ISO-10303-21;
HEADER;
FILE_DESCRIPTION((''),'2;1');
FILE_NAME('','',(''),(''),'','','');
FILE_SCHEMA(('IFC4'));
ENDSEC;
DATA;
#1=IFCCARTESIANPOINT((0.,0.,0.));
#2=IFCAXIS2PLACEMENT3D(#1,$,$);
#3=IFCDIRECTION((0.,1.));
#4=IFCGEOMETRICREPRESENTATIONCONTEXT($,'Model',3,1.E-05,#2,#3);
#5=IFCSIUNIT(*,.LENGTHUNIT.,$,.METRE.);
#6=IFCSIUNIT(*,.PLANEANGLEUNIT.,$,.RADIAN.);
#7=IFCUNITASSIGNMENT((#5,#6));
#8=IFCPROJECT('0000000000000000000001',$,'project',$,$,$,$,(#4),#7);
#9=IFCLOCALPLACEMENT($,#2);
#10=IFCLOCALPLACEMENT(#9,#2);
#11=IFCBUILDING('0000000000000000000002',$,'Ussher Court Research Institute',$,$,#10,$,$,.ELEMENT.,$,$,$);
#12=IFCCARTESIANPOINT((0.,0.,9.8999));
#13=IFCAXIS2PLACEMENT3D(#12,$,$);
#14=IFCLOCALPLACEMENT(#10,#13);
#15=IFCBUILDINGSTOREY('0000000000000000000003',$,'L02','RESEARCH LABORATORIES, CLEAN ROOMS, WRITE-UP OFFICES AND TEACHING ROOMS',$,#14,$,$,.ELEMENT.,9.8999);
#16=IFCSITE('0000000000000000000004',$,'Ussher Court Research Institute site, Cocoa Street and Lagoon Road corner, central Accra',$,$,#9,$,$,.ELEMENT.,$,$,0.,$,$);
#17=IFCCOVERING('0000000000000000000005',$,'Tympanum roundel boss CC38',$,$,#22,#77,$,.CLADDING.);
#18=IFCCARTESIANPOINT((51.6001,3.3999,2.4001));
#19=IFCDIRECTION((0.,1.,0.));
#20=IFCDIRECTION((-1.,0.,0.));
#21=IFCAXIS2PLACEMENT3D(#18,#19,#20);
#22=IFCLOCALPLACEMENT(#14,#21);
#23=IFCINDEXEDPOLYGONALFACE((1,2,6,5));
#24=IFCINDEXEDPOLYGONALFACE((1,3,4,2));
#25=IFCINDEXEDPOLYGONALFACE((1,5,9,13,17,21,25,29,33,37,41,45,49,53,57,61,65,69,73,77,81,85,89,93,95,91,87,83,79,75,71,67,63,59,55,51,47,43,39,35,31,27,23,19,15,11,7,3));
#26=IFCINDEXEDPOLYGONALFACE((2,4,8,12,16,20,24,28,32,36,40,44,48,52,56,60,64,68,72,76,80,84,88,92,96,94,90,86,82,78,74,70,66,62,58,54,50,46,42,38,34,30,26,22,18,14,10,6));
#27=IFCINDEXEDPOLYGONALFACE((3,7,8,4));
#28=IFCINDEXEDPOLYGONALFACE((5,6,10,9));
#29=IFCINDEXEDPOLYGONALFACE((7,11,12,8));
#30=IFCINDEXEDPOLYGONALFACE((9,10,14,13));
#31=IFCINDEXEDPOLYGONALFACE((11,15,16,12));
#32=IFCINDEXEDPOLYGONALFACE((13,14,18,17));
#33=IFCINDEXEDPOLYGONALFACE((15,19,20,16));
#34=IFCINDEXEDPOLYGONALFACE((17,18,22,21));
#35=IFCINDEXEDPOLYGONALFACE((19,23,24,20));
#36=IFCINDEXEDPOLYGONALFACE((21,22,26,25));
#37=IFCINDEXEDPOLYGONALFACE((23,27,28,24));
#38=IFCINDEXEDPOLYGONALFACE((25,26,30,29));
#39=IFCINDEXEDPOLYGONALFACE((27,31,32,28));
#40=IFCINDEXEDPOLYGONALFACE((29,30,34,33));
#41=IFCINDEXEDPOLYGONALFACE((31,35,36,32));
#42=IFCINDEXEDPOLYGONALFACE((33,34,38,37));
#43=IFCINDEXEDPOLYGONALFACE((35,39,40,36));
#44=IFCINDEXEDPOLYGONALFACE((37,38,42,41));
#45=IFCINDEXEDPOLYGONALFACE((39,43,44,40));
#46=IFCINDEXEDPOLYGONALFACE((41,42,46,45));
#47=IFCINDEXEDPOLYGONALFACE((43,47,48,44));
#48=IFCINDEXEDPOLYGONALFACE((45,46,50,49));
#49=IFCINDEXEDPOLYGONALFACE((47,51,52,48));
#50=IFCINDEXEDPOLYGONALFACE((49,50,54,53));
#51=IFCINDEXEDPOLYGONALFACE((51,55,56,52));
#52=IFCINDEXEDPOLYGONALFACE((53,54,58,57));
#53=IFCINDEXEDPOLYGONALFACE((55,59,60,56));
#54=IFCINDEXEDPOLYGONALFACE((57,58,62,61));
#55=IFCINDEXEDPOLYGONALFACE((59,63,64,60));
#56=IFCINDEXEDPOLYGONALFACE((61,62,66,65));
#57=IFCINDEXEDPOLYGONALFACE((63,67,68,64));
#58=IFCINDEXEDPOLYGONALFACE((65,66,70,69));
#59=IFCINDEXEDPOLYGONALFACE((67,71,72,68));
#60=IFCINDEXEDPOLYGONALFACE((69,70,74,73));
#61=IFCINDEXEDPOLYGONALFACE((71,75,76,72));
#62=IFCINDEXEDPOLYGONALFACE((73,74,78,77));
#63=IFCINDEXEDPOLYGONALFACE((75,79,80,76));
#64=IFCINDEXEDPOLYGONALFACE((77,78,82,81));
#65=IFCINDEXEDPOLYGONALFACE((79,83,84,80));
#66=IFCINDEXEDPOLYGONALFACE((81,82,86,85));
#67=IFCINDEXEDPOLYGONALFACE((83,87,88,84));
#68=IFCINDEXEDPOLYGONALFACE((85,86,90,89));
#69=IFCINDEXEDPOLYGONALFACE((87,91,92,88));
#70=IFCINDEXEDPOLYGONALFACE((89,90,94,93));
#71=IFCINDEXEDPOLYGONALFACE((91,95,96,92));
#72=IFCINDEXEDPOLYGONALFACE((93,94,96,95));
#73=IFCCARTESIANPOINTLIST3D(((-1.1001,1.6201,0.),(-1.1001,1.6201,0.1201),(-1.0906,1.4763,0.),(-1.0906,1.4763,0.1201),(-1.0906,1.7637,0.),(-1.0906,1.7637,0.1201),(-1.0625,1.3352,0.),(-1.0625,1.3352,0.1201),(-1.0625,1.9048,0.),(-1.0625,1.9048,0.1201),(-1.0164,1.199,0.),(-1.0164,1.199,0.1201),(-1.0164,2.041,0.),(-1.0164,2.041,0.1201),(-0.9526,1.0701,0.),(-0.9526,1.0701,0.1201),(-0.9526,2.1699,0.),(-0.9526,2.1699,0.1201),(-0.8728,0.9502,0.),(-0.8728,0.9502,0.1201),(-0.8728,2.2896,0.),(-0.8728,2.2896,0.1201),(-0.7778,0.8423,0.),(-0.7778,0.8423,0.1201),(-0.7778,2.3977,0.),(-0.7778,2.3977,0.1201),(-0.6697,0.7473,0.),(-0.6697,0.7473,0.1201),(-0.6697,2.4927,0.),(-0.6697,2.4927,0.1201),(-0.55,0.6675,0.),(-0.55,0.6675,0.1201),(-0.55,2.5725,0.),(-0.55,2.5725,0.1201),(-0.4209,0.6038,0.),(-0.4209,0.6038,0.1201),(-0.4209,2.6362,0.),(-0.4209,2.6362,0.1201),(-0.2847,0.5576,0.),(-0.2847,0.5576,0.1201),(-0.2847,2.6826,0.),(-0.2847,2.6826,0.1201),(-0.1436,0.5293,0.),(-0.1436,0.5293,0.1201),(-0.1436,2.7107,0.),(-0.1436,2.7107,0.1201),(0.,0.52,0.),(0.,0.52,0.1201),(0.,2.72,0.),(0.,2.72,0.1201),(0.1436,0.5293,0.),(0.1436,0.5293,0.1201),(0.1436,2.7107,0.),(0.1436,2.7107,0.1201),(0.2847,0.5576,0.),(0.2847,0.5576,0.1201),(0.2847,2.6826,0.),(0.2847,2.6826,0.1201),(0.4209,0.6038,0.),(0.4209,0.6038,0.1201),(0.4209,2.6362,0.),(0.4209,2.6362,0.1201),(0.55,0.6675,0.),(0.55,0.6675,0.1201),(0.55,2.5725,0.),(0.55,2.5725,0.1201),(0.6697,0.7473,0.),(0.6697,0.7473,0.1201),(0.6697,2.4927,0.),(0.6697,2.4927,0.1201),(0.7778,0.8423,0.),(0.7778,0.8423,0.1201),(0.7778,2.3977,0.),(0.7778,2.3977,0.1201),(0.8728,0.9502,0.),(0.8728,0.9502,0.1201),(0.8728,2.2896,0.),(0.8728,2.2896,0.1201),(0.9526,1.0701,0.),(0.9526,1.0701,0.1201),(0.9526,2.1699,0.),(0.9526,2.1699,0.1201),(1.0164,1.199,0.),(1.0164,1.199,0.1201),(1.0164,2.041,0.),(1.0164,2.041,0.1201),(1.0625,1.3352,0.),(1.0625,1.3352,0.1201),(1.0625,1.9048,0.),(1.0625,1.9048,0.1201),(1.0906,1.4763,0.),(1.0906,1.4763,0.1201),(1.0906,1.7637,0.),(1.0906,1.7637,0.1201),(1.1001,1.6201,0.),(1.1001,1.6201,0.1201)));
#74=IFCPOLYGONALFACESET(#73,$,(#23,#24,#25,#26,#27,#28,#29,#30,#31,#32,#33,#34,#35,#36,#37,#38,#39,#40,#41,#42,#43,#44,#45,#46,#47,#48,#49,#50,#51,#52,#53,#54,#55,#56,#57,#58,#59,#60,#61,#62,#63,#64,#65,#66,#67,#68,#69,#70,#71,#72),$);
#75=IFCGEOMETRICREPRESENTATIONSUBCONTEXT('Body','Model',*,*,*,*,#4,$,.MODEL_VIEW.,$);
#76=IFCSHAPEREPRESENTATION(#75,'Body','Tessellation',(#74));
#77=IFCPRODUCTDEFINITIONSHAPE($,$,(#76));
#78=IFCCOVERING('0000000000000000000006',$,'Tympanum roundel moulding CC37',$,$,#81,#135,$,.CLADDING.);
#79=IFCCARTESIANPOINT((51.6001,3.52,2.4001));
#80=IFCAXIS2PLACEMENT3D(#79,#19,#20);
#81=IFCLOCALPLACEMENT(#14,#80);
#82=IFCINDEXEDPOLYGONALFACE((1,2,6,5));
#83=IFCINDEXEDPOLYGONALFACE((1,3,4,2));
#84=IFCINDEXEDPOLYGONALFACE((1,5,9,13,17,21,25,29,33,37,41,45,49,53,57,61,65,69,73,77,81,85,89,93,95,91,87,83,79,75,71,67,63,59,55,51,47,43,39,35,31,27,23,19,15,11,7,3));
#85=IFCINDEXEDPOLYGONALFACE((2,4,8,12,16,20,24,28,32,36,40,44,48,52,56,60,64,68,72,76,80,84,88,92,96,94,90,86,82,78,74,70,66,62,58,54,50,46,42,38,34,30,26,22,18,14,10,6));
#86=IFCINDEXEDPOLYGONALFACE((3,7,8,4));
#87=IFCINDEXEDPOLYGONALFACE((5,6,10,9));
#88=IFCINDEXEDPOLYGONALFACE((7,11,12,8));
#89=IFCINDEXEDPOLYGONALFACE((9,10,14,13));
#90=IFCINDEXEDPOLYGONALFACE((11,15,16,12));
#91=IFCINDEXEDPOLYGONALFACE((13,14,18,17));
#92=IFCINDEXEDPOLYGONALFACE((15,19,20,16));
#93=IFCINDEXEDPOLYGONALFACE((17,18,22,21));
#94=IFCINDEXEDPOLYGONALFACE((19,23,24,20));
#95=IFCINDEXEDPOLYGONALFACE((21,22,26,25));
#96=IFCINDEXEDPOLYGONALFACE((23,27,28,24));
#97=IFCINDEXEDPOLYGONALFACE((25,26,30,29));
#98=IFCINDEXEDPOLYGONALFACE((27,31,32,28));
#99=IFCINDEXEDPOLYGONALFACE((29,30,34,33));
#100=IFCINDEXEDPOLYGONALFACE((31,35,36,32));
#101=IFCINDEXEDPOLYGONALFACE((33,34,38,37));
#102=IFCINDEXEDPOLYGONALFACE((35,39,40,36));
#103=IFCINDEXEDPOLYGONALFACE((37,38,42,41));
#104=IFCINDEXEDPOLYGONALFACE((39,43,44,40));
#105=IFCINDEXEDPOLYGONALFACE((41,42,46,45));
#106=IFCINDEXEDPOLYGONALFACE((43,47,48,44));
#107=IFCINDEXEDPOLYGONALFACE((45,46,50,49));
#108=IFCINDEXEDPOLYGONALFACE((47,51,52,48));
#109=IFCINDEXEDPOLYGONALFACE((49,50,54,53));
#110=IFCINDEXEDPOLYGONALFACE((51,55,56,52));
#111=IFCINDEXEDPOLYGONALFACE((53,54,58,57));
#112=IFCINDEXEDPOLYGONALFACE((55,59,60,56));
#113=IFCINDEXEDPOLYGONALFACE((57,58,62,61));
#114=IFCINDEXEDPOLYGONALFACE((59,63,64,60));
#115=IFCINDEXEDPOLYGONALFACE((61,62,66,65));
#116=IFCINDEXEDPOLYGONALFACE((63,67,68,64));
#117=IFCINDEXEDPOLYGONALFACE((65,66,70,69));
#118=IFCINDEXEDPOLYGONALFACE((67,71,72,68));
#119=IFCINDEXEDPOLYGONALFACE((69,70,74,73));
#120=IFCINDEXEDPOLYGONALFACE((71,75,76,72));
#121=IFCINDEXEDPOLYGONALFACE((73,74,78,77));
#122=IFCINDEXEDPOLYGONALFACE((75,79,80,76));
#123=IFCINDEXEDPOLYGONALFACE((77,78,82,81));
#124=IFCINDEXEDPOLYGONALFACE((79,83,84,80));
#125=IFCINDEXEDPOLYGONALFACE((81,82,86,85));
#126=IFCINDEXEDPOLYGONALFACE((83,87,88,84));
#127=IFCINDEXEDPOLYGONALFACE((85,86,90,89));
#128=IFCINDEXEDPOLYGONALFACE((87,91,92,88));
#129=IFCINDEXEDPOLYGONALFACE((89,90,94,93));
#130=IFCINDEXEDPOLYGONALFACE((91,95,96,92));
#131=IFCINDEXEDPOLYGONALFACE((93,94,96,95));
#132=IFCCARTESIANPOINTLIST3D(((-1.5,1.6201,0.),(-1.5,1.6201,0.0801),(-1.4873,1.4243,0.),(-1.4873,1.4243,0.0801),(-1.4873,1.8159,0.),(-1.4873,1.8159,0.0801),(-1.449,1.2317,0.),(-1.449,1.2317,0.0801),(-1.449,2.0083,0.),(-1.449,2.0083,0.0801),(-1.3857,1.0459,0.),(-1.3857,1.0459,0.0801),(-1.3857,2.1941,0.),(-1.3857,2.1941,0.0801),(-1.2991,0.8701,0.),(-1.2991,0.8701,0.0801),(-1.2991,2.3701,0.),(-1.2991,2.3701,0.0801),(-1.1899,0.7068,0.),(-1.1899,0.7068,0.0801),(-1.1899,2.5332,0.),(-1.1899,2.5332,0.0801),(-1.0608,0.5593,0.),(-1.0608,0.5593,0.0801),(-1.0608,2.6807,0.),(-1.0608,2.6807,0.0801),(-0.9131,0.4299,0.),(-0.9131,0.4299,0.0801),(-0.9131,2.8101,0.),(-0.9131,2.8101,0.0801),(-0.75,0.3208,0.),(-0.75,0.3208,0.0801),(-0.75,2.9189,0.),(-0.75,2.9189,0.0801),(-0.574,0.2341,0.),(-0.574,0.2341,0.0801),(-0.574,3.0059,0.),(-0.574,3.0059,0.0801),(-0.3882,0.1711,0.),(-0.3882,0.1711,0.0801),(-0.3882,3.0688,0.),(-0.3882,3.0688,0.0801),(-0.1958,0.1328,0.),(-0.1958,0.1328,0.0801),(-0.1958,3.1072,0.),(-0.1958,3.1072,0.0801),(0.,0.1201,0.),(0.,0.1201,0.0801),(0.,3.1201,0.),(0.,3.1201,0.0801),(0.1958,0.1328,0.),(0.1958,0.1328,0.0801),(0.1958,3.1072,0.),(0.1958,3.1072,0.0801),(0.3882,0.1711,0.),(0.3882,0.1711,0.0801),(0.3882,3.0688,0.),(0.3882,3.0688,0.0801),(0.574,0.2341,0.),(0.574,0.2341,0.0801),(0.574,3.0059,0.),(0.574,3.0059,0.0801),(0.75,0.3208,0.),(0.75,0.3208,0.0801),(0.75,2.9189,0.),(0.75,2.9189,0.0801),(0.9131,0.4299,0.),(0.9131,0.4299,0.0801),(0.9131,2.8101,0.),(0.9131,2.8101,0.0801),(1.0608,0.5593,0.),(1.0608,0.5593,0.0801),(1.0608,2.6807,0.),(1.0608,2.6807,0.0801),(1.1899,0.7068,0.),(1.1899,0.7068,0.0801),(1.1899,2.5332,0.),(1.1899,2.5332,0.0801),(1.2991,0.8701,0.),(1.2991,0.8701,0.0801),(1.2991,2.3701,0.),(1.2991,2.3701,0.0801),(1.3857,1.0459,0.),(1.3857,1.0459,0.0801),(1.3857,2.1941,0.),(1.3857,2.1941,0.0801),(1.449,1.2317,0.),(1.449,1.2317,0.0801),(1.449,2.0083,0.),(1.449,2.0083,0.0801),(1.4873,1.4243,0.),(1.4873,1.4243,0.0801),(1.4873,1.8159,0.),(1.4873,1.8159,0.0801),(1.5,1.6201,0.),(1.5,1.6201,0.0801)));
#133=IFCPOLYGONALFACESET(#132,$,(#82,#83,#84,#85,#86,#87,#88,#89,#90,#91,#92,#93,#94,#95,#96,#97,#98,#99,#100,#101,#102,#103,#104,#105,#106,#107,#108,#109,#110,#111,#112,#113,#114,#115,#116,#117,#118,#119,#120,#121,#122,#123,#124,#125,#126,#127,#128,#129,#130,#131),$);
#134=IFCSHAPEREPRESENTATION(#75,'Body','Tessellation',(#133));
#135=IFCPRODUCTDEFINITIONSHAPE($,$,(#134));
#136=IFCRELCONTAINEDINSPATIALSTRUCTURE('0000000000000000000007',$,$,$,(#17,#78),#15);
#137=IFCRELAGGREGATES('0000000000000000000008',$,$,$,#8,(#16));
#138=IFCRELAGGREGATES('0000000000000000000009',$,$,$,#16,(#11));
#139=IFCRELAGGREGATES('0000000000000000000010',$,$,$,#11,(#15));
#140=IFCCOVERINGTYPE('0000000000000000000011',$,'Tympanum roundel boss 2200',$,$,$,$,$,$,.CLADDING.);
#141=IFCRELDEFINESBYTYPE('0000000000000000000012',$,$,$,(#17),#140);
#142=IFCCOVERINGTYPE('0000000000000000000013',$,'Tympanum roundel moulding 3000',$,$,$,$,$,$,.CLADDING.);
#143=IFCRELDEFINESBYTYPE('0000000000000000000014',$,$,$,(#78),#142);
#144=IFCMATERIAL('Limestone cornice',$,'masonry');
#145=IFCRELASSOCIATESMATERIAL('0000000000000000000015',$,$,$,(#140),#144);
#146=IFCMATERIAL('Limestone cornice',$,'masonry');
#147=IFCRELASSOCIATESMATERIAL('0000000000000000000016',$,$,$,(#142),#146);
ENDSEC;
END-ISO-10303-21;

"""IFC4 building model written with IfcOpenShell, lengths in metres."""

from ifc_helpers import new_model, si_unit, direction, frame, origin, place, context, subcontext, project, spatial, polyline, outline, extrude, material, type_object, element, save


model = new_model("IFC4")

# Units and contexts
model_context = context("Model", 3, precision=1e-05, world=origin(), true_north=direction((0.0, 1.0)))
body_context = subcontext(model_context, "Body", "Model", "MODEL_VIEW")
ifc_project = project(units=[si_unit("LENGTHUNIT", "METRE"), si_unit("PLANEANGLEUNIT", "RADIAN")], contexts=[model_context])

# Site, building, storey
site_placement = place(None, origin())
site = spatial("IfcSite", under=ifc_project, at=site_placement, Name="Ussher Court Research Institute site, Cocoa Street and Lagoon Road corner, central Accra", CompositionType="ELEMENT", RefElevation=0.0)
building_placement = place(site_placement, origin())
building = spatial("IfcBuilding", under=site, at=building_placement, Name="Ussher Court Research Institute", CompositionType="ELEMENT")
storey_placement = place(building_placement, frame((0.0, 0.0, 9.8999)))
storey = spatial("IfcBuildingStorey", under=building, at=storey_placement, Name="L02", Description="RESEARCH LABORATORIES, CLEAN ROOMS, WRITE-UP OFFICES AND TEACHING ROOMS", CompositionType="ELEMENT", Elevation=9.8999)

# Coverings
ifc_material_1 = material(Name="Limestone cornice", Category="masonry")
covering_type_1 = type_object("IfcCoveringType", Name="Tympanum roundel boss 2200", PredefinedType="CLADDING", material=ifc_material_1)
covering_1_placement = place(storey_placement, frame((51.6001, 3.3999, 2.4001), z_axis=(0.0, 1.0, 0.0), x_axis=(-1.0, 0.0, 0.0)))
element("IfcCovering", 1, at=covering_1_placement, inside=storey, type_object=covering_type_1, Name="Tympanum roundel boss CC38", PredefinedType="CLADDING", context=body_context, shape_type="SweptSolid", body=[
    extrude(outline(polyline([(1.1001, 1.6201), (1.0906, 1.7637), (1.0625, 1.9048), (1.0164, 2.041), (0.9526, 2.1699), (0.8728, 2.2896), (0.7778, 2.3977), (0.6697, 2.4927), (0.55, 2.5725), (0.4209, 2.6362), (0.2847, 2.6826), (0.1436, 2.7107), (0.0, 2.72), (-0.1436, 2.7107), (-0.2847, 2.6826), (-0.4209, 2.6362), (-0.55, 2.5725), (-0.6697, 2.4927), (-0.7778, 2.3977), (-0.8728, 2.2896), (-0.9526, 2.1699), (-1.0164, 2.041), (-1.0625, 1.9048), (-1.0906, 1.7637), (-1.1001, 1.6201), (-1.0906, 1.4763), (-1.0625, 1.3352), (-1.0164, 1.199), (-0.9526, 1.0701), (-0.8728, 0.9502), (-0.7778, 0.8423), (-0.6697, 0.7473), (-0.55, 0.6675), (-0.4209, 0.6038), (-0.2847, 0.5576), (-0.1436, 0.5293), (0.0, 0.52), (0.1436, 0.5293), (0.2847, 0.5576), (0.4209, 0.6038), (0.55, 0.6675), (0.6697, 0.7473), (0.7778, 0.8423), (0.8728, 0.9502), (0.9526, 1.0701), (1.0164, 1.199), (1.0625, 1.3352), (1.0906, 1.4763), (1.1001, 1.6201)])), origin(), (0.0, 0.0, 1.0), 0.1201),
])
ifc_material_2 = material(Name="Limestone cornice", Category="masonry")
covering_type_2 = type_object("IfcCoveringType", Name="Tympanum roundel moulding 3000", PredefinedType="CLADDING", material=ifc_material_2)
covering_2_placement = place(storey_placement, frame((51.6001, 3.52, 2.4001), z_axis=(0.0, 1.0, 0.0), x_axis=(-1.0, 0.0, 0.0)))
element("IfcCovering", 2, at=covering_2_placement, inside=storey, type_object=covering_type_2, Name="Tympanum roundel moulding CC37", PredefinedType="CLADDING", context=body_context, shape_type="SweptSolid", body=[
    extrude(outline(polyline([(1.5, 1.6201), (1.4873, 1.8159), (1.449, 2.0083), (1.3857, 2.1941), (1.2991, 2.3701), (1.1899, 2.5332), (1.0608, 2.6807), (0.9131, 2.8101), (0.75, 2.9189), (0.574, 3.0059), (0.3882, 3.0688), (0.1958, 3.1072), (0.0, 3.1201), (-0.1958, 3.1072), (-0.3882, 3.0688), (-0.574, 3.0059), (-0.75, 2.9189), (-0.9131, 2.8101), (-1.0608, 2.6807), (-1.1899, 2.5332), (-1.2991, 2.3701), (-1.3857, 2.1941), (-1.449, 2.0083), (-1.4873, 1.8159), (-1.5, 1.6201), (-1.4873, 1.4243), (-1.449, 1.2317), (-1.3857, 1.0459), (-1.2991, 0.8701), (-1.1899, 0.7068), (-1.0608, 0.5593), (-0.9131, 0.4299), (-0.75, 0.3208), (-0.574, 0.2341), (-0.3882, 0.1711), (-0.1958, 0.1328), (0.0, 0.1201), (0.1958, 0.1328), (0.3882, 0.1711), (0.574, 0.2341), (0.75, 0.3208), (0.9131, 0.4299), (1.0608, 0.5593), (1.1899, 0.7068), (1.2991, 0.8701), (1.3857, 1.0459), (1.449, 1.2317), (1.4873, 1.4243), (1.5, 1.6201)])), origin(), (0.0, 0.0, 1.0), 0.0801),
])

save(model, "model.ifc")
